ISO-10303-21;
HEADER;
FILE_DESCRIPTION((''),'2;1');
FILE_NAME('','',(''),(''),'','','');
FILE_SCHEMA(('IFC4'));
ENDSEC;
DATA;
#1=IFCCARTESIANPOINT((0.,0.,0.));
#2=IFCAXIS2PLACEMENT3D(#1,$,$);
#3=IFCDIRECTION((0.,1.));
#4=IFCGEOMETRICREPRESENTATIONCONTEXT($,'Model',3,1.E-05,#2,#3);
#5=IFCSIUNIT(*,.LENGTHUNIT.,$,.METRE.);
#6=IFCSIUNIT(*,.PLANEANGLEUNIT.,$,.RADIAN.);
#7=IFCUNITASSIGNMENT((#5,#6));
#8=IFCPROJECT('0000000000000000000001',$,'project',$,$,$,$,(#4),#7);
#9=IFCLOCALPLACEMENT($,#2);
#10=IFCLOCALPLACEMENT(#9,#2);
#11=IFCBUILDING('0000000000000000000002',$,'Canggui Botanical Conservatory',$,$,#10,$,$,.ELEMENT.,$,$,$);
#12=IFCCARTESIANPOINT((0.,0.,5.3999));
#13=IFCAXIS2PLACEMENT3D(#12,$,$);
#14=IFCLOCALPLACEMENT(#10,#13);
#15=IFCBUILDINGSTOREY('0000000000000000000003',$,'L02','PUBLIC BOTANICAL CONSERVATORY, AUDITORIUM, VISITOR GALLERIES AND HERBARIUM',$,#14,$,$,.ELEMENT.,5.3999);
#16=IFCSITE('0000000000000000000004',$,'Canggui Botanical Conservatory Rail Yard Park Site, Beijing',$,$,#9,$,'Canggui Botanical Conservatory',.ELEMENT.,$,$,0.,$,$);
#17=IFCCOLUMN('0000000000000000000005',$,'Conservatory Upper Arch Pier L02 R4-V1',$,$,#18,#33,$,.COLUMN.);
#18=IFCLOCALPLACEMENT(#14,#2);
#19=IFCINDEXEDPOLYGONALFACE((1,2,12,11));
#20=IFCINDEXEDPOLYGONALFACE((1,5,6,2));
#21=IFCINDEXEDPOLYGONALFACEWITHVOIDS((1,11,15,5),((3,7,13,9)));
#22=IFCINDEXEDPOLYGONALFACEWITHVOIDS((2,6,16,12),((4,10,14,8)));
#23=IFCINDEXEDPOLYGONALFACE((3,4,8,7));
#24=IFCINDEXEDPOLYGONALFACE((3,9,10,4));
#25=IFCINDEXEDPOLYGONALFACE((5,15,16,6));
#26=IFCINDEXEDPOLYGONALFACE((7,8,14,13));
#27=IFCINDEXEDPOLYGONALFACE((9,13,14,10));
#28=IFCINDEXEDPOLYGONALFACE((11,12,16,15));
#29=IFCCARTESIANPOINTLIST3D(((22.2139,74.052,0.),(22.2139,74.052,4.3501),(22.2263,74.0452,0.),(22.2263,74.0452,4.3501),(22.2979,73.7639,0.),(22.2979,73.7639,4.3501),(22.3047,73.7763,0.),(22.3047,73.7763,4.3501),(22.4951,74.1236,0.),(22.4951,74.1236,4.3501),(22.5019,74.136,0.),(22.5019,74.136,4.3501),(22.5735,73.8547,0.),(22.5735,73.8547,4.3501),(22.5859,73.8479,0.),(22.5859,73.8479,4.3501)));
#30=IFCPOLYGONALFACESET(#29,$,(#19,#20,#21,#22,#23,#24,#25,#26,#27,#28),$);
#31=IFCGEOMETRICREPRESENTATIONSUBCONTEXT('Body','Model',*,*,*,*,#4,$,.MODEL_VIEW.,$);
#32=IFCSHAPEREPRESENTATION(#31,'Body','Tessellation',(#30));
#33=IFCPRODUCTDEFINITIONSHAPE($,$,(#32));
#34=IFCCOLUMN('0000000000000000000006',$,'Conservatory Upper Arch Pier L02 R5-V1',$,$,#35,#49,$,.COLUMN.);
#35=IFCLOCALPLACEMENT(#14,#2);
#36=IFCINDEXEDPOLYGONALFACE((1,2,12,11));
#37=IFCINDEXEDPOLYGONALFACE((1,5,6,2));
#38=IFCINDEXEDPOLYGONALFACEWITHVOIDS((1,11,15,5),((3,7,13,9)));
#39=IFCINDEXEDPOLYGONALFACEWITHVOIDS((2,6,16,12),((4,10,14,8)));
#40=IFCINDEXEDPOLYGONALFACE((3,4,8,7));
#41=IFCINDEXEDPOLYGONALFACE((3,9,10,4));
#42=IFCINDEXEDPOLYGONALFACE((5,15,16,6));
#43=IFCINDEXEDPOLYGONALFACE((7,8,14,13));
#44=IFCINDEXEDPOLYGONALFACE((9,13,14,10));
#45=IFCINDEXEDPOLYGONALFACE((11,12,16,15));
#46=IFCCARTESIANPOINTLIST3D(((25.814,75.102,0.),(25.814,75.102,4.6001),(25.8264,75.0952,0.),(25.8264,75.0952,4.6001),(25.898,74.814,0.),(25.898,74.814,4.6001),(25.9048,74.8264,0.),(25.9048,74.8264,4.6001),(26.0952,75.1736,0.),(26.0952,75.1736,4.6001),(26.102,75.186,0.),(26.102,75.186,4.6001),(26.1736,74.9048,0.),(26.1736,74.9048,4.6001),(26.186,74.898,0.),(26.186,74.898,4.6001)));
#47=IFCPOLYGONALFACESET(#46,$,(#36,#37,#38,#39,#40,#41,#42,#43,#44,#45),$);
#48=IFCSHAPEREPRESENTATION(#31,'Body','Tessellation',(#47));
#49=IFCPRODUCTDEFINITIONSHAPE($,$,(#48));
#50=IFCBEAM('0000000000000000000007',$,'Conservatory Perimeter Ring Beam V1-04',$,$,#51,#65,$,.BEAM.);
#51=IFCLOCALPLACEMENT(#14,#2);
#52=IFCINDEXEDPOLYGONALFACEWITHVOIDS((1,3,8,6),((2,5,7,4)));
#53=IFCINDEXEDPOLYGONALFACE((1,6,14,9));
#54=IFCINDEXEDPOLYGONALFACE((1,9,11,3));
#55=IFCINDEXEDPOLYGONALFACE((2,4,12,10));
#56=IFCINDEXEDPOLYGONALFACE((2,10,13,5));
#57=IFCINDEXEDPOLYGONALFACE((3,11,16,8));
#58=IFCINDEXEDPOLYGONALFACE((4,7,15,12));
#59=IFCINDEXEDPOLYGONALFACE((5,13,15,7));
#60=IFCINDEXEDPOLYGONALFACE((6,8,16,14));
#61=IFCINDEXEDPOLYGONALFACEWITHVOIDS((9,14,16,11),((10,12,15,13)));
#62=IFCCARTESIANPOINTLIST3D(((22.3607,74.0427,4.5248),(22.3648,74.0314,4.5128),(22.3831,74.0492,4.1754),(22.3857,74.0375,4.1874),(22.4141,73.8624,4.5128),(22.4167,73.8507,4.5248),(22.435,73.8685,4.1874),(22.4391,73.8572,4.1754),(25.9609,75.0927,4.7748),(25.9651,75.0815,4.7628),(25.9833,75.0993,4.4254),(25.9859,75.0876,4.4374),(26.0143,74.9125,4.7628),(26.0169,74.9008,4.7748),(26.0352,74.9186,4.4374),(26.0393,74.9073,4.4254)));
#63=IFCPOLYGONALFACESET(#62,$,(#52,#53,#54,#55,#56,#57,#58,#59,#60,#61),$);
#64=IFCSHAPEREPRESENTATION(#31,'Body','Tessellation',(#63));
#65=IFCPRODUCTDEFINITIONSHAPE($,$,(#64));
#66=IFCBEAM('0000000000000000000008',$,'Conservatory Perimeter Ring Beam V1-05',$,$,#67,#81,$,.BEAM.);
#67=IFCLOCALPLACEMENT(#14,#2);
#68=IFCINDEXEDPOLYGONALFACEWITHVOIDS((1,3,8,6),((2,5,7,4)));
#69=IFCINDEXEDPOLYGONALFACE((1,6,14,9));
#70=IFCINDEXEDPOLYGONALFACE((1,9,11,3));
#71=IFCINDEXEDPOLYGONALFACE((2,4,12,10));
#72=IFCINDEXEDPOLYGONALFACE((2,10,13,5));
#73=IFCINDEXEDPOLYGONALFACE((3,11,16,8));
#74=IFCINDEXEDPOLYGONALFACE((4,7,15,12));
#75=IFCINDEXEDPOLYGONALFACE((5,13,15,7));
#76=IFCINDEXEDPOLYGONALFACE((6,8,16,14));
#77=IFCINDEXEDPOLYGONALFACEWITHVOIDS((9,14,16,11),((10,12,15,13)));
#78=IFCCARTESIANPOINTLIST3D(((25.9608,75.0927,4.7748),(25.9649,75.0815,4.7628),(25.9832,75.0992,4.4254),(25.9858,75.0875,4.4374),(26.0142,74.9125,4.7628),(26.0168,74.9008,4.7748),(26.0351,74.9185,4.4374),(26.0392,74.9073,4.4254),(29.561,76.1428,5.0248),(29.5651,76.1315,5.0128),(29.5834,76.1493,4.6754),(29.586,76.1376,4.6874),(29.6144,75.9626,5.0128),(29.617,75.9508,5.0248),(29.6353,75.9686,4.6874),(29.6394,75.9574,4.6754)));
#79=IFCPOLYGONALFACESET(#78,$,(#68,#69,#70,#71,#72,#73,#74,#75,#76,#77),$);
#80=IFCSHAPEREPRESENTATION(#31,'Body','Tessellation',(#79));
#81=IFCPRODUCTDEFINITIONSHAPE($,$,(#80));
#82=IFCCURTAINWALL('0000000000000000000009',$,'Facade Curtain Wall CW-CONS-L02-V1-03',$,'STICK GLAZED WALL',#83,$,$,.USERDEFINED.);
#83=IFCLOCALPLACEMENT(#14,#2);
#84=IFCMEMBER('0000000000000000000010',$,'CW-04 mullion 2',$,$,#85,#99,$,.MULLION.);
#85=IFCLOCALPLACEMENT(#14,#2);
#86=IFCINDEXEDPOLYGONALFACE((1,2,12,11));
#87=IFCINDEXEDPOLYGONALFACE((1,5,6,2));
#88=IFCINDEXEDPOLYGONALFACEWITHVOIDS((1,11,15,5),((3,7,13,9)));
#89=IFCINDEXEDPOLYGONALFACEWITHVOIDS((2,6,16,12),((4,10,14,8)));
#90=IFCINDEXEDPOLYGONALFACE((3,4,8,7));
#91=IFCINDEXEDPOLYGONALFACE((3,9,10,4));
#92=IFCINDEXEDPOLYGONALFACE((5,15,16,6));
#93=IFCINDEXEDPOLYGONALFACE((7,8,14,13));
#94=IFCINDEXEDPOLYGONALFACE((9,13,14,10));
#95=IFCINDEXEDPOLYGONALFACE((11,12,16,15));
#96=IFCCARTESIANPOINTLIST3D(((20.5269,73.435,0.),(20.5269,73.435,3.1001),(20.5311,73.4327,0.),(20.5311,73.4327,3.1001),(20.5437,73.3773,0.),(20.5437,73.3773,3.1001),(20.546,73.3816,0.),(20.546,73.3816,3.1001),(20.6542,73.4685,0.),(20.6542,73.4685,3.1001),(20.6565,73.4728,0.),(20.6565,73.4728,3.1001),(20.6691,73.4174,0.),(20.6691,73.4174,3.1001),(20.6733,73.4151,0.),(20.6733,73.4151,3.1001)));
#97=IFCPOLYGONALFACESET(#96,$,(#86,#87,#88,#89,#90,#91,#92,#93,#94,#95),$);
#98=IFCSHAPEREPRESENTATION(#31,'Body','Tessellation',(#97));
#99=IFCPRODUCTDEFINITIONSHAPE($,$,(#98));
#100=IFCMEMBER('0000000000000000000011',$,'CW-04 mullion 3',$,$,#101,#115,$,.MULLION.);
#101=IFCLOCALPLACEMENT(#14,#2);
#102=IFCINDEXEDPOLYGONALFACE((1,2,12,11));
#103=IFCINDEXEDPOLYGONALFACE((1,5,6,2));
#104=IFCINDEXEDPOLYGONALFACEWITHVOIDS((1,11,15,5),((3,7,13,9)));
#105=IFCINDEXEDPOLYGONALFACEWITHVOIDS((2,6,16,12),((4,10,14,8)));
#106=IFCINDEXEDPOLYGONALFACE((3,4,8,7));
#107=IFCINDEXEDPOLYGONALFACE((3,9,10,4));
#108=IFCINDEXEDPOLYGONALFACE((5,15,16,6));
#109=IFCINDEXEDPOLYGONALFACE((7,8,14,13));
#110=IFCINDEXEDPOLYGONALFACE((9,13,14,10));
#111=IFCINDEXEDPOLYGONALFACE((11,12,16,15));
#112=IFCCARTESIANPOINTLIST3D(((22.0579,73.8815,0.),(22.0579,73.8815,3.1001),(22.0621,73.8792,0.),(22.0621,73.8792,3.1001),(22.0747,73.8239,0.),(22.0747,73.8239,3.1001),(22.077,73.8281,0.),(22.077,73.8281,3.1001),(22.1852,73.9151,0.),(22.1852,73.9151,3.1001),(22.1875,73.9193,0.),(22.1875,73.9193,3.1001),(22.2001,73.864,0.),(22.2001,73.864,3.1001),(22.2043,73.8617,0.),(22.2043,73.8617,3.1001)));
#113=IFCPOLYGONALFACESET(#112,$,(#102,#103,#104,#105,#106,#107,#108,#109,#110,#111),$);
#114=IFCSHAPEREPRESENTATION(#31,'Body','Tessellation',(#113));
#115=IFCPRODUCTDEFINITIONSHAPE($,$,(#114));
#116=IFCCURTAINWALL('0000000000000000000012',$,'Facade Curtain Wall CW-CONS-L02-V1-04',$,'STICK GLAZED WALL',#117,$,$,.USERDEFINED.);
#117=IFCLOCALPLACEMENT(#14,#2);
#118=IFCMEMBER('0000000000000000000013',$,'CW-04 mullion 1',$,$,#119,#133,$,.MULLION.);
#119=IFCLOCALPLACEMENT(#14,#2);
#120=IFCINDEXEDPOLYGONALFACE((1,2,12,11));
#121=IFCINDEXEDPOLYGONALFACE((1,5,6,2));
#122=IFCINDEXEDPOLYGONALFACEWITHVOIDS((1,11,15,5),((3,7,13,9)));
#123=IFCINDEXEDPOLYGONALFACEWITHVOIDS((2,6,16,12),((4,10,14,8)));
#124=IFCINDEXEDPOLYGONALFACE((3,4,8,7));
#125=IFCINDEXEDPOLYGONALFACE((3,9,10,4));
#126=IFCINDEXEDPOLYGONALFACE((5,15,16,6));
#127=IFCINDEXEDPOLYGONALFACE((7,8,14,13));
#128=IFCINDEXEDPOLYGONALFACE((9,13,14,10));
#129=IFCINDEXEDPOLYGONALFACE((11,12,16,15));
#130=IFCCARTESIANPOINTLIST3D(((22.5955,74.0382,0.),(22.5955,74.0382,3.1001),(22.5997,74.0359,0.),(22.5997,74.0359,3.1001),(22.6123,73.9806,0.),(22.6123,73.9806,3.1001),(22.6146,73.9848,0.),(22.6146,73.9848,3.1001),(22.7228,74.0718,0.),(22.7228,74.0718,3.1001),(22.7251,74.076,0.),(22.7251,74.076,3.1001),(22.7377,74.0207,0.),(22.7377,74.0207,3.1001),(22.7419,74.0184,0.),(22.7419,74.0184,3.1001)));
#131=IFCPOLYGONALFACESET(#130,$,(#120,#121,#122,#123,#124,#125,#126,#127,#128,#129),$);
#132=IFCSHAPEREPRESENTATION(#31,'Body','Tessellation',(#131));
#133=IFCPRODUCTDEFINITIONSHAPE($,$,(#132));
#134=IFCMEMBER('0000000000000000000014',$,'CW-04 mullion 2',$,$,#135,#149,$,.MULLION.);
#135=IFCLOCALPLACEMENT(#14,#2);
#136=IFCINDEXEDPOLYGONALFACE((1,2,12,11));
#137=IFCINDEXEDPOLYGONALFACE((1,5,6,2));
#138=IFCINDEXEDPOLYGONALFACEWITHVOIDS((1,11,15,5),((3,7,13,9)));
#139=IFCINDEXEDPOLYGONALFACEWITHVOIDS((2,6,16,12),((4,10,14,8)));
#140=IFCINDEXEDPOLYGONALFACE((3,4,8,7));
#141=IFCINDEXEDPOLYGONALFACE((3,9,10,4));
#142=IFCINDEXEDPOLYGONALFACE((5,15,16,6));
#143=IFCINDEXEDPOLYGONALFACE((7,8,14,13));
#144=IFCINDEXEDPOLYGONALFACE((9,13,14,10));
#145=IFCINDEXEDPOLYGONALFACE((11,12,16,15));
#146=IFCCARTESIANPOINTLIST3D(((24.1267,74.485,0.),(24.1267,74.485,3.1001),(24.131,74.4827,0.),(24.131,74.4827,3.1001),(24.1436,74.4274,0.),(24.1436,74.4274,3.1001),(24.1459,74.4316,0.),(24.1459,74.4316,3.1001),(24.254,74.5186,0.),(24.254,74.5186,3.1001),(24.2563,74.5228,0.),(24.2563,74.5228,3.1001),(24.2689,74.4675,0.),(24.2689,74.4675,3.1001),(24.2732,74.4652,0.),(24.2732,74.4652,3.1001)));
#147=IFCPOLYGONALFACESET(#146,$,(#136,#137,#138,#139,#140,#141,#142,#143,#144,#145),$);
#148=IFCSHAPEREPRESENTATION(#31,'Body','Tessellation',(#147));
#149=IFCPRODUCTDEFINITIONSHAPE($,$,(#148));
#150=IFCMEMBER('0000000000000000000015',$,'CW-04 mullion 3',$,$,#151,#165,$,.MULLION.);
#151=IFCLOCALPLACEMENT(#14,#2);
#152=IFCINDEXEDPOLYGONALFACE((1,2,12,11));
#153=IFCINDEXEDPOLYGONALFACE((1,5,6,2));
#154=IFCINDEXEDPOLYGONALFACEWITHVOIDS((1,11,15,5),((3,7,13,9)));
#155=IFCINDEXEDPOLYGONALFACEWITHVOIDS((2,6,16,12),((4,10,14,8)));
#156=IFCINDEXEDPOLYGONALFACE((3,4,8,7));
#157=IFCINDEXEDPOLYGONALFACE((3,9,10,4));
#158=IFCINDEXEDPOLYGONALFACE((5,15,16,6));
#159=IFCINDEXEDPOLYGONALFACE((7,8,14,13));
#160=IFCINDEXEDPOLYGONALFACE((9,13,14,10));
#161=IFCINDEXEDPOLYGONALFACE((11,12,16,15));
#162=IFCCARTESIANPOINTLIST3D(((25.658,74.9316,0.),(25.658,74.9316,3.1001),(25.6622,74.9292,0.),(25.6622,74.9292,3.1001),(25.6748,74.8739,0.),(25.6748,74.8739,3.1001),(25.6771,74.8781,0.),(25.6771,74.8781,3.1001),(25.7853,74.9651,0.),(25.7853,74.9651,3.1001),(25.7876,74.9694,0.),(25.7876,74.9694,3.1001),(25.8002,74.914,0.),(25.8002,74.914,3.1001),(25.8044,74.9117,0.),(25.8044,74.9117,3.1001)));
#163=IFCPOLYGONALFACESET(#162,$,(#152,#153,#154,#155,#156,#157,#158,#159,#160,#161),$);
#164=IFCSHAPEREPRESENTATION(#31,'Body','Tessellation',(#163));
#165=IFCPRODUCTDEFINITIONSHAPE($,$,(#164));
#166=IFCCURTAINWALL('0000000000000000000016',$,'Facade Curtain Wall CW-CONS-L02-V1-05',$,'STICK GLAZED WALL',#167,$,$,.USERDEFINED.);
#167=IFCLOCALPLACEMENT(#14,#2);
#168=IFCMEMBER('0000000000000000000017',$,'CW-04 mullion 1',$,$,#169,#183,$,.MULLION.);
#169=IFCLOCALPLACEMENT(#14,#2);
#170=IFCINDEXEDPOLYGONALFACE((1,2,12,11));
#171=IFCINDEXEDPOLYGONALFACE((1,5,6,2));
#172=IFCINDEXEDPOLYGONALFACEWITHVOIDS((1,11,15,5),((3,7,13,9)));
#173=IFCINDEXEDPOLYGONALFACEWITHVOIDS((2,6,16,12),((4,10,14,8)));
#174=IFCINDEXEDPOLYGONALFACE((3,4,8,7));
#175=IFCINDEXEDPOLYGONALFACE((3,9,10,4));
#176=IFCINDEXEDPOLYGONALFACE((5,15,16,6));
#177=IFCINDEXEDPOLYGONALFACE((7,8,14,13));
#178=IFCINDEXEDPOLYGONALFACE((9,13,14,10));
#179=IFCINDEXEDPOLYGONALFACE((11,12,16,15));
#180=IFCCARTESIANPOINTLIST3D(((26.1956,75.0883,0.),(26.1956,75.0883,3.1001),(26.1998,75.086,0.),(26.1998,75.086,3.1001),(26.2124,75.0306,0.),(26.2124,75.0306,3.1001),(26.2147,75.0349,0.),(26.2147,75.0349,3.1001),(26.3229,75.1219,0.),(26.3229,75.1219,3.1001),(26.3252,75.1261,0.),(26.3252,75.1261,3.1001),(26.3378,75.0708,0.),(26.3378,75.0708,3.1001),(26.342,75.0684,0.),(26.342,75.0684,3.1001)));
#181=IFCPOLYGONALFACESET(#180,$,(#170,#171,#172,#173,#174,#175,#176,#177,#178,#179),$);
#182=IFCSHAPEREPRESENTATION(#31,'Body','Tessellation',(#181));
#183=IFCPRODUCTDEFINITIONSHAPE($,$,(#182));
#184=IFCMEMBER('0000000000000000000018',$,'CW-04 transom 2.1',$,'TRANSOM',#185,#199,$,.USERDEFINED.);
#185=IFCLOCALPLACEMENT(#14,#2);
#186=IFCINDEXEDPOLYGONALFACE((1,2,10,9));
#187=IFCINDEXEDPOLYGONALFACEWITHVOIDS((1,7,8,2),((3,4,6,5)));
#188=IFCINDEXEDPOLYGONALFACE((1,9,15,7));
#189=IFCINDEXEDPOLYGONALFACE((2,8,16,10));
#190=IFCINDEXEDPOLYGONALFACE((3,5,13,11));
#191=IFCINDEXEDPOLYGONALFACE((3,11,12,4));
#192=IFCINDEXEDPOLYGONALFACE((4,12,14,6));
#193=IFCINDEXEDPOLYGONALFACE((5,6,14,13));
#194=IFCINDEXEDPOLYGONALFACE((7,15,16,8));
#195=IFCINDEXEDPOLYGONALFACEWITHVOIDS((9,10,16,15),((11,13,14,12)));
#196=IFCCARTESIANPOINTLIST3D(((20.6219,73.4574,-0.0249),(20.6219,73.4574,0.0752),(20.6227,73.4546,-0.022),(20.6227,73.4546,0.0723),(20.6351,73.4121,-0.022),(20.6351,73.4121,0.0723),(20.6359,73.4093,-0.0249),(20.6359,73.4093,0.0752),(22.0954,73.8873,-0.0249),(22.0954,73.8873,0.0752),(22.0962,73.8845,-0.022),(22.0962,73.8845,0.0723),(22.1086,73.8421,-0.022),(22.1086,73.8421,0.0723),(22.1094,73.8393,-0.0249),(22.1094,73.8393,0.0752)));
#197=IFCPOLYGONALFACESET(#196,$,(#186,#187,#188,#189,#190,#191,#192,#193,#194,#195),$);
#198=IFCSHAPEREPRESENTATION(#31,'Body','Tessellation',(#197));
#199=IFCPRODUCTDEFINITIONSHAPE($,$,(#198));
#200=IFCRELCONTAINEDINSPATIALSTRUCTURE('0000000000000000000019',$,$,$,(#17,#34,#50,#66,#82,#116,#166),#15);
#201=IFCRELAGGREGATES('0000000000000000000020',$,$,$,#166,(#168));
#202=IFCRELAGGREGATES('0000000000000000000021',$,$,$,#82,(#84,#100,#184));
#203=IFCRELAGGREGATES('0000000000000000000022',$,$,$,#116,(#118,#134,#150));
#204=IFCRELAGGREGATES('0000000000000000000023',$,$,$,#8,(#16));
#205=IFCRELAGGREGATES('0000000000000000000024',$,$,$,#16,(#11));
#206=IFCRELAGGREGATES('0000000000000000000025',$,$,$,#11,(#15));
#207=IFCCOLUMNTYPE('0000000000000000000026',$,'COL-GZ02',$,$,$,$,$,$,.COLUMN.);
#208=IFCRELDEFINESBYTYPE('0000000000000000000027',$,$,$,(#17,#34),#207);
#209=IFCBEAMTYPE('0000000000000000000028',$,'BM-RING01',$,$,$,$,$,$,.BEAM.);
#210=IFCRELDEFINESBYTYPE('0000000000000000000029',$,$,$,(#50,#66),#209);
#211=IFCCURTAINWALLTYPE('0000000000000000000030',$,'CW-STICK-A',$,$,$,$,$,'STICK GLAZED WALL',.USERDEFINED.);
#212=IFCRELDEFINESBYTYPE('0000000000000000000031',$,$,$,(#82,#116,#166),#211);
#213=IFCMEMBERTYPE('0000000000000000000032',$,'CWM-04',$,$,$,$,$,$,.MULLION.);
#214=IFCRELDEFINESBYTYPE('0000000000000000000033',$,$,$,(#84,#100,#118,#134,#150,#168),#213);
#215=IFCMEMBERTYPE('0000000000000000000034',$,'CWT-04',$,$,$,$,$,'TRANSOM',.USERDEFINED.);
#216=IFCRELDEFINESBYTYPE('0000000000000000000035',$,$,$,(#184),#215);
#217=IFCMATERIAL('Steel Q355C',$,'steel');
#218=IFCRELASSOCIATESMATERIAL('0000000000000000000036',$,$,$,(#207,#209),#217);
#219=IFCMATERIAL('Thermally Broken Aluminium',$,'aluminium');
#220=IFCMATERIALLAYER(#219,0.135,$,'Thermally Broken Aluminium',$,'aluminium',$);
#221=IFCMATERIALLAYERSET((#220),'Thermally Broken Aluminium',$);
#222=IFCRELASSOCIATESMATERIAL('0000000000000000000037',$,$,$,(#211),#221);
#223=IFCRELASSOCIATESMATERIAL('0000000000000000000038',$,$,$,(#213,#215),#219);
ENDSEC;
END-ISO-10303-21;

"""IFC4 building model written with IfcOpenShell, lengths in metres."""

from ifc_helpers import new_model, si_unit, direction, frame, origin, origin_2d, place, context, subcontext, project, spatial, hollow_rectangle, extrude, material, layer, layer_set, material_profile, profile_set, type_object, element, aggregate, save


model = new_model("IFC4")

# Units and contexts
model_context = context("Model", 3, precision=1e-05, world=origin(), true_north=direction((0.0, 1.0)))
body_context = subcontext(model_context, "Body", "Model", "MODEL_VIEW")
ifc_project = project(units=[si_unit("LENGTHUNIT", "METRE"), si_unit("PLANEANGLEUNIT", "RADIAN")], contexts=[model_context])

# Site, building, storey
site_placement = place(None, origin())
site = spatial("IfcSite", under=ifc_project, at=site_placement, Name="Canggui Botanical Conservatory Rail Yard Park Site, Beijing", LongName="Canggui Botanical Conservatory", CompositionType="ELEMENT", RefElevation=0.0)
building_placement = place(site_placement, origin())
building = spatial("IfcBuilding", under=site, at=building_placement, Name="Canggui Botanical Conservatory", CompositionType="ELEMENT")
storey_placement = place(building_placement, frame((0.0, 0.0, 5.3999)))
storey = spatial("IfcBuildingStorey", under=building, at=storey_placement, Name="L02", Description="PUBLIC BOTANICAL CONSERVATORY, AUDITORIUM, VISITOR GALLERIES AND HERBARIUM", CompositionType="ELEMENT", Elevation=5.3999)

# Columns
ifc_material_1 = material(Name="Steel Q355C", Category="steel")
ifc_material_profile_1 = material_profile(ifc_material_1, hollow_rectangle(XDim=0.3, YDim=0.3, WallThickness=0.01, at=origin_2d()), Name="SHS 300x300x10")
ifc_profile_set_1 = profile_set([ifc_material_profile_1], Name="Steel Q355C")
column_type = type_object("IfcColumnType", Name="COL-GZ02", PredefinedType="COLUMN", material=ifc_profile_set_1)
column_1_placement = place(storey_placement, frame((22.3999, 73.95, 0.0), z_axis=(0.0, 0.0, 1.0), x_axis=(0.96, 0.28, 0.0)))
element("IfcColumn", 1, at=column_1_placement, inside=storey, type_object=column_type, Name="Conservatory Upper Arch Pier L02 R4-V1", PredefinedType="COLUMN", context=body_context, shape_type="SweptSolid", body=[
    extrude(hollow_rectangle(XDim=0.3, YDim=0.3, WallThickness=0.01, at=origin_2d()), origin(), (0.0, 0.0, 1.0), 4.3501),
])
column_2_placement = place(storey_placement, frame((26.0, 75.0, 0.0), z_axis=(0.0, 0.0, 1.0), x_axis=(0.96, 0.28, 0.0)))
element("IfcColumn", 2, at=column_2_placement, inside=storey, type_object=column_type, Name="Conservatory Upper Arch Pier L02 R5-V1", PredefinedType="COLUMN", context=body_context, shape_type="SweptSolid", body=[
    extrude(hollow_rectangle(XDim=0.3, YDim=0.3, WallThickness=0.01, at=origin_2d()), origin(), (0.0, 0.0, 1.0), 4.6001),
])

# Beams
ifc_material_profile_2 = material_profile(ifc_material_1, hollow_rectangle(XDim=0.2, YDim=0.3501, WallThickness=0.012, at=origin_2d()), Name="RHS 200x350x12")
ifc_profile_set_2 = profile_set([ifc_material_profile_2], Name="Steel Q355C")
beam_type = type_object("IfcBeamType", Name="BM-RING01", PredefinedType="BEAM", material=ifc_profile_set_2)
for number, where, z_axis, x_axis, name in (
    (3, (22.3999, 73.95, 4.3501), (0.957872, 0.279385, 0.066517), (-0.280005, 0.959999, 0.0), "Conservatory Perimeter Ring Beam V1-04"),
    (4, (26.0, 75.0, 4.6001), (0.957872, 0.279385, 0.066517), (-0.280005, 0.959999, 0.0), "Conservatory Perimeter Ring Beam V1-05"),
):
    element("IfcBeam", number, at=place(storey_placement, frame(where, z_axis=z_axis, x_axis=x_axis)), inside=storey, type_object=beam_type, Name=name, PredefinedType="BEAM", context=body_context, shape_type="SweptSolid", body=[
        extrude(hollow_rectangle(XDim=0.2, YDim=0.3501, WallThickness=0.012, at=origin_2d()), origin(), (0.0, 0.0, 1.0), 3.7585),
    ])

# Curtain walls, members
ifc_material_2 = material(Name="Thermally Broken Aluminium", Category="aluminium")
ifc_layer_1 = layer(ifc_material_2, 0.135, Name="Thermally Broken Aluminium", Category="aluminium")
ifc_layer_set_1 = layer_set([ifc_layer_1], Name="Thermally Broken Aluminium")
curtain_wall_type = type_object("IfcCurtainWallType", Name="CW-STICK-A", ElementType="STICK GLAZED WALL", PredefinedType="USERDEFINED", material=ifc_layer_set_1)
curtain_wall_1_placement = place(storey_placement, origin())
curtain_wall_1 = element("IfcCurtainWall", 5, at=curtain_wall_1_placement, inside=storey, type_object=curtain_wall_type, Name="Facade Curtain Wall CW-CONS-L02-V1-03", ObjectType="STICK GLAZED WALL", PredefinedType="USERDEFINED")
ifc_material_profile_3 = material_profile(ifc_material_2, hollow_rectangle(XDim=0.0601, YDim=0.135, WallThickness=0.0034, at=origin_2d()), Name="CWM 60x135x3.5")
ifc_profile_set_3 = profile_set([ifc_material_profile_3], Name="Thermally Broken Aluminium")
member_type_1 = type_object("IfcMemberType", Name="CWM-04", PredefinedType="MULLION", material=ifc_profile_set_3)
member_1_placement = place(storey_placement, frame((20.6001, 73.425, 0.0), z_axis=(0.0, 0.0, 1.0), x_axis=(-0.28, 0.96, 0.0)))
member_1 = element("IfcMember", 6, at=member_1_placement, type_object=member_type_1, Name="CW-04 mullion 2", PredefinedType="MULLION", context=body_context, shape_type="SweptSolid", body=[
    extrude(hollow_rectangle(XDim=0.0601, YDim=0.135, WallThickness=0.0034, at=origin_2d()), origin(), (0.0, 0.0, 1.0), 3.1001),
])
member_2_placement = place(storey_placement, frame((22.1311, 73.8716, 0.0), z_axis=(0.0, 0.0, 1.0), x_axis=(-0.28, 0.96, 0.0)))
member_2 = element("IfcMember", 7, at=member_2_placement, type_object=member_type_1, Name="CW-04 mullion 3", PredefinedType="MULLION", context=body_context, shape_type="SweptSolid", body=[
    extrude(hollow_rectangle(XDim=0.0601, YDim=0.135, WallThickness=0.0034, at=origin_2d()), origin(), (0.0, 0.0, 1.0), 3.1001),
])
curtain_wall_2_placement = place(storey_placement, origin())
curtain_wall_2 = element("IfcCurtainWall", 8, at=curtain_wall_2_placement, inside=storey, type_object=curtain_wall_type, Name="Facade Curtain Wall CW-CONS-L02-V1-04", ObjectType="STICK GLAZED WALL", PredefinedType="USERDEFINED")
member_3_placement = place(storey_placement, frame((22.6687, 74.0283, 0.0), z_axis=(0.0, 0.0, 1.0), x_axis=(-0.28, 0.96, 0.0)))
member_3 = element("IfcMember", 9, at=member_3_placement, type_object=member_type_1, Name="CW-04 mullion 1", PredefinedType="MULLION", context=body_context, shape_type="SweptSolid", body=[
    extrude(hollow_rectangle(XDim=0.0601, YDim=0.135, WallThickness=0.0034, at=origin_2d()), origin(), (0.0, 0.0, 1.0), 3.1001),
])
member_4_placement = place(storey_placement, frame((24.2, 74.4751, 0.0), z_axis=(0.0, 0.0, 1.0), x_axis=(-0.28, 0.96, 0.0)))
member_4 = element("IfcMember", 10, at=member_4_placement, type_object=member_type_1, Name="CW-04 mullion 2", PredefinedType="MULLION", context=body_context, shape_type="SweptSolid", body=[
    extrude(hollow_rectangle(XDim=0.0601, YDim=0.135, WallThickness=0.0034, at=origin_2d()), origin(), (0.0, 0.0, 1.0), 3.1001),
])
member_5_placement = place(storey_placement, frame((25.7312, 74.9216, 0.0), z_axis=(0.0, 0.0, 1.0), x_axis=(-0.28, 0.96, 0.0)))
member_5 = element("IfcMember", 11, at=member_5_placement, type_object=member_type_1, Name="CW-04 mullion 3", PredefinedType="MULLION", context=body_context, shape_type="SweptSolid", body=[
    extrude(hollow_rectangle(XDim=0.0601, YDim=0.135, WallThickness=0.0034, at=origin_2d()), origin(), (0.0, 0.0, 1.0), 3.1001),
])

# Curtain wall, member
curtain_wall_3_placement = place(storey_placement, origin())
curtain_wall_3 = element("IfcCurtainWall", 12, at=curtain_wall_3_placement, inside=storey, type_object=curtain_wall_type, Name="Facade Curtain Wall CW-CONS-L02-V1-05", ObjectType="STICK GLAZED WALL", PredefinedType="USERDEFINED")
member_6_placement = place(storey_placement, frame((26.2688, 75.0784, 0.0), z_axis=(0.0, 0.0, 1.0), x_axis=(-0.28, 0.96, 0.0)))
member_6 = element("IfcMember", 13, at=member_6_placement, type_object=member_type_1, Name="CW-04 mullion 1", PredefinedType="MULLION", context=body_context, shape_type="SweptSolid", body=[
    extrude(hollow_rectangle(XDim=0.0601, YDim=0.135, WallThickness=0.0034, at=origin_2d()), origin(), (0.0, 0.0, 1.0), 3.1001),
])
aggregate(curtain_wall_3, [member_6])

# Member
ifc_material_profile_4 = material_profile(ifc_material_2, hollow_rectangle(XDim=0.05, YDim=0.1001, WallThickness=0.0029, at=origin_2d()), Name="CWT 50x100x3")
ifc_profile_set_4 = profile_set([ifc_material_profile_4], Name="Thermally Broken Aluminium")
member_type_2 = type_object("IfcMemberType", Name="CWT-04", ElementType="TRANSOM", PredefinedType="USERDEFINED", material=ifc_profile_set_4)
member_7_placement = place(storey_placement, frame((20.6289, 73.4333, 0.0251), z_axis=(0.959966, 0.280116, 0.0), x_axis=(-0.280116, 0.959966, 0.0)))
member_7 = element("IfcMember", 14, at=member_7_placement, type_object=member_type_2, Name="CW-04 transom 2.1", ObjectType="TRANSOM", PredefinedType="USERDEFINED", context=body_context, shape_type="SweptSolid", body=[
    extrude(hollow_rectangle(XDim=0.05, YDim=0.1001, WallThickness=0.0029, at=origin_2d()), origin(), (0.0, 0.0, 1.0), 1.5349),
])

aggregate(curtain_wall_1, [member_1, member_2, member_7])
aggregate(curtain_wall_2, [member_3, member_4, member_5])

save(model, "model.ifc")
